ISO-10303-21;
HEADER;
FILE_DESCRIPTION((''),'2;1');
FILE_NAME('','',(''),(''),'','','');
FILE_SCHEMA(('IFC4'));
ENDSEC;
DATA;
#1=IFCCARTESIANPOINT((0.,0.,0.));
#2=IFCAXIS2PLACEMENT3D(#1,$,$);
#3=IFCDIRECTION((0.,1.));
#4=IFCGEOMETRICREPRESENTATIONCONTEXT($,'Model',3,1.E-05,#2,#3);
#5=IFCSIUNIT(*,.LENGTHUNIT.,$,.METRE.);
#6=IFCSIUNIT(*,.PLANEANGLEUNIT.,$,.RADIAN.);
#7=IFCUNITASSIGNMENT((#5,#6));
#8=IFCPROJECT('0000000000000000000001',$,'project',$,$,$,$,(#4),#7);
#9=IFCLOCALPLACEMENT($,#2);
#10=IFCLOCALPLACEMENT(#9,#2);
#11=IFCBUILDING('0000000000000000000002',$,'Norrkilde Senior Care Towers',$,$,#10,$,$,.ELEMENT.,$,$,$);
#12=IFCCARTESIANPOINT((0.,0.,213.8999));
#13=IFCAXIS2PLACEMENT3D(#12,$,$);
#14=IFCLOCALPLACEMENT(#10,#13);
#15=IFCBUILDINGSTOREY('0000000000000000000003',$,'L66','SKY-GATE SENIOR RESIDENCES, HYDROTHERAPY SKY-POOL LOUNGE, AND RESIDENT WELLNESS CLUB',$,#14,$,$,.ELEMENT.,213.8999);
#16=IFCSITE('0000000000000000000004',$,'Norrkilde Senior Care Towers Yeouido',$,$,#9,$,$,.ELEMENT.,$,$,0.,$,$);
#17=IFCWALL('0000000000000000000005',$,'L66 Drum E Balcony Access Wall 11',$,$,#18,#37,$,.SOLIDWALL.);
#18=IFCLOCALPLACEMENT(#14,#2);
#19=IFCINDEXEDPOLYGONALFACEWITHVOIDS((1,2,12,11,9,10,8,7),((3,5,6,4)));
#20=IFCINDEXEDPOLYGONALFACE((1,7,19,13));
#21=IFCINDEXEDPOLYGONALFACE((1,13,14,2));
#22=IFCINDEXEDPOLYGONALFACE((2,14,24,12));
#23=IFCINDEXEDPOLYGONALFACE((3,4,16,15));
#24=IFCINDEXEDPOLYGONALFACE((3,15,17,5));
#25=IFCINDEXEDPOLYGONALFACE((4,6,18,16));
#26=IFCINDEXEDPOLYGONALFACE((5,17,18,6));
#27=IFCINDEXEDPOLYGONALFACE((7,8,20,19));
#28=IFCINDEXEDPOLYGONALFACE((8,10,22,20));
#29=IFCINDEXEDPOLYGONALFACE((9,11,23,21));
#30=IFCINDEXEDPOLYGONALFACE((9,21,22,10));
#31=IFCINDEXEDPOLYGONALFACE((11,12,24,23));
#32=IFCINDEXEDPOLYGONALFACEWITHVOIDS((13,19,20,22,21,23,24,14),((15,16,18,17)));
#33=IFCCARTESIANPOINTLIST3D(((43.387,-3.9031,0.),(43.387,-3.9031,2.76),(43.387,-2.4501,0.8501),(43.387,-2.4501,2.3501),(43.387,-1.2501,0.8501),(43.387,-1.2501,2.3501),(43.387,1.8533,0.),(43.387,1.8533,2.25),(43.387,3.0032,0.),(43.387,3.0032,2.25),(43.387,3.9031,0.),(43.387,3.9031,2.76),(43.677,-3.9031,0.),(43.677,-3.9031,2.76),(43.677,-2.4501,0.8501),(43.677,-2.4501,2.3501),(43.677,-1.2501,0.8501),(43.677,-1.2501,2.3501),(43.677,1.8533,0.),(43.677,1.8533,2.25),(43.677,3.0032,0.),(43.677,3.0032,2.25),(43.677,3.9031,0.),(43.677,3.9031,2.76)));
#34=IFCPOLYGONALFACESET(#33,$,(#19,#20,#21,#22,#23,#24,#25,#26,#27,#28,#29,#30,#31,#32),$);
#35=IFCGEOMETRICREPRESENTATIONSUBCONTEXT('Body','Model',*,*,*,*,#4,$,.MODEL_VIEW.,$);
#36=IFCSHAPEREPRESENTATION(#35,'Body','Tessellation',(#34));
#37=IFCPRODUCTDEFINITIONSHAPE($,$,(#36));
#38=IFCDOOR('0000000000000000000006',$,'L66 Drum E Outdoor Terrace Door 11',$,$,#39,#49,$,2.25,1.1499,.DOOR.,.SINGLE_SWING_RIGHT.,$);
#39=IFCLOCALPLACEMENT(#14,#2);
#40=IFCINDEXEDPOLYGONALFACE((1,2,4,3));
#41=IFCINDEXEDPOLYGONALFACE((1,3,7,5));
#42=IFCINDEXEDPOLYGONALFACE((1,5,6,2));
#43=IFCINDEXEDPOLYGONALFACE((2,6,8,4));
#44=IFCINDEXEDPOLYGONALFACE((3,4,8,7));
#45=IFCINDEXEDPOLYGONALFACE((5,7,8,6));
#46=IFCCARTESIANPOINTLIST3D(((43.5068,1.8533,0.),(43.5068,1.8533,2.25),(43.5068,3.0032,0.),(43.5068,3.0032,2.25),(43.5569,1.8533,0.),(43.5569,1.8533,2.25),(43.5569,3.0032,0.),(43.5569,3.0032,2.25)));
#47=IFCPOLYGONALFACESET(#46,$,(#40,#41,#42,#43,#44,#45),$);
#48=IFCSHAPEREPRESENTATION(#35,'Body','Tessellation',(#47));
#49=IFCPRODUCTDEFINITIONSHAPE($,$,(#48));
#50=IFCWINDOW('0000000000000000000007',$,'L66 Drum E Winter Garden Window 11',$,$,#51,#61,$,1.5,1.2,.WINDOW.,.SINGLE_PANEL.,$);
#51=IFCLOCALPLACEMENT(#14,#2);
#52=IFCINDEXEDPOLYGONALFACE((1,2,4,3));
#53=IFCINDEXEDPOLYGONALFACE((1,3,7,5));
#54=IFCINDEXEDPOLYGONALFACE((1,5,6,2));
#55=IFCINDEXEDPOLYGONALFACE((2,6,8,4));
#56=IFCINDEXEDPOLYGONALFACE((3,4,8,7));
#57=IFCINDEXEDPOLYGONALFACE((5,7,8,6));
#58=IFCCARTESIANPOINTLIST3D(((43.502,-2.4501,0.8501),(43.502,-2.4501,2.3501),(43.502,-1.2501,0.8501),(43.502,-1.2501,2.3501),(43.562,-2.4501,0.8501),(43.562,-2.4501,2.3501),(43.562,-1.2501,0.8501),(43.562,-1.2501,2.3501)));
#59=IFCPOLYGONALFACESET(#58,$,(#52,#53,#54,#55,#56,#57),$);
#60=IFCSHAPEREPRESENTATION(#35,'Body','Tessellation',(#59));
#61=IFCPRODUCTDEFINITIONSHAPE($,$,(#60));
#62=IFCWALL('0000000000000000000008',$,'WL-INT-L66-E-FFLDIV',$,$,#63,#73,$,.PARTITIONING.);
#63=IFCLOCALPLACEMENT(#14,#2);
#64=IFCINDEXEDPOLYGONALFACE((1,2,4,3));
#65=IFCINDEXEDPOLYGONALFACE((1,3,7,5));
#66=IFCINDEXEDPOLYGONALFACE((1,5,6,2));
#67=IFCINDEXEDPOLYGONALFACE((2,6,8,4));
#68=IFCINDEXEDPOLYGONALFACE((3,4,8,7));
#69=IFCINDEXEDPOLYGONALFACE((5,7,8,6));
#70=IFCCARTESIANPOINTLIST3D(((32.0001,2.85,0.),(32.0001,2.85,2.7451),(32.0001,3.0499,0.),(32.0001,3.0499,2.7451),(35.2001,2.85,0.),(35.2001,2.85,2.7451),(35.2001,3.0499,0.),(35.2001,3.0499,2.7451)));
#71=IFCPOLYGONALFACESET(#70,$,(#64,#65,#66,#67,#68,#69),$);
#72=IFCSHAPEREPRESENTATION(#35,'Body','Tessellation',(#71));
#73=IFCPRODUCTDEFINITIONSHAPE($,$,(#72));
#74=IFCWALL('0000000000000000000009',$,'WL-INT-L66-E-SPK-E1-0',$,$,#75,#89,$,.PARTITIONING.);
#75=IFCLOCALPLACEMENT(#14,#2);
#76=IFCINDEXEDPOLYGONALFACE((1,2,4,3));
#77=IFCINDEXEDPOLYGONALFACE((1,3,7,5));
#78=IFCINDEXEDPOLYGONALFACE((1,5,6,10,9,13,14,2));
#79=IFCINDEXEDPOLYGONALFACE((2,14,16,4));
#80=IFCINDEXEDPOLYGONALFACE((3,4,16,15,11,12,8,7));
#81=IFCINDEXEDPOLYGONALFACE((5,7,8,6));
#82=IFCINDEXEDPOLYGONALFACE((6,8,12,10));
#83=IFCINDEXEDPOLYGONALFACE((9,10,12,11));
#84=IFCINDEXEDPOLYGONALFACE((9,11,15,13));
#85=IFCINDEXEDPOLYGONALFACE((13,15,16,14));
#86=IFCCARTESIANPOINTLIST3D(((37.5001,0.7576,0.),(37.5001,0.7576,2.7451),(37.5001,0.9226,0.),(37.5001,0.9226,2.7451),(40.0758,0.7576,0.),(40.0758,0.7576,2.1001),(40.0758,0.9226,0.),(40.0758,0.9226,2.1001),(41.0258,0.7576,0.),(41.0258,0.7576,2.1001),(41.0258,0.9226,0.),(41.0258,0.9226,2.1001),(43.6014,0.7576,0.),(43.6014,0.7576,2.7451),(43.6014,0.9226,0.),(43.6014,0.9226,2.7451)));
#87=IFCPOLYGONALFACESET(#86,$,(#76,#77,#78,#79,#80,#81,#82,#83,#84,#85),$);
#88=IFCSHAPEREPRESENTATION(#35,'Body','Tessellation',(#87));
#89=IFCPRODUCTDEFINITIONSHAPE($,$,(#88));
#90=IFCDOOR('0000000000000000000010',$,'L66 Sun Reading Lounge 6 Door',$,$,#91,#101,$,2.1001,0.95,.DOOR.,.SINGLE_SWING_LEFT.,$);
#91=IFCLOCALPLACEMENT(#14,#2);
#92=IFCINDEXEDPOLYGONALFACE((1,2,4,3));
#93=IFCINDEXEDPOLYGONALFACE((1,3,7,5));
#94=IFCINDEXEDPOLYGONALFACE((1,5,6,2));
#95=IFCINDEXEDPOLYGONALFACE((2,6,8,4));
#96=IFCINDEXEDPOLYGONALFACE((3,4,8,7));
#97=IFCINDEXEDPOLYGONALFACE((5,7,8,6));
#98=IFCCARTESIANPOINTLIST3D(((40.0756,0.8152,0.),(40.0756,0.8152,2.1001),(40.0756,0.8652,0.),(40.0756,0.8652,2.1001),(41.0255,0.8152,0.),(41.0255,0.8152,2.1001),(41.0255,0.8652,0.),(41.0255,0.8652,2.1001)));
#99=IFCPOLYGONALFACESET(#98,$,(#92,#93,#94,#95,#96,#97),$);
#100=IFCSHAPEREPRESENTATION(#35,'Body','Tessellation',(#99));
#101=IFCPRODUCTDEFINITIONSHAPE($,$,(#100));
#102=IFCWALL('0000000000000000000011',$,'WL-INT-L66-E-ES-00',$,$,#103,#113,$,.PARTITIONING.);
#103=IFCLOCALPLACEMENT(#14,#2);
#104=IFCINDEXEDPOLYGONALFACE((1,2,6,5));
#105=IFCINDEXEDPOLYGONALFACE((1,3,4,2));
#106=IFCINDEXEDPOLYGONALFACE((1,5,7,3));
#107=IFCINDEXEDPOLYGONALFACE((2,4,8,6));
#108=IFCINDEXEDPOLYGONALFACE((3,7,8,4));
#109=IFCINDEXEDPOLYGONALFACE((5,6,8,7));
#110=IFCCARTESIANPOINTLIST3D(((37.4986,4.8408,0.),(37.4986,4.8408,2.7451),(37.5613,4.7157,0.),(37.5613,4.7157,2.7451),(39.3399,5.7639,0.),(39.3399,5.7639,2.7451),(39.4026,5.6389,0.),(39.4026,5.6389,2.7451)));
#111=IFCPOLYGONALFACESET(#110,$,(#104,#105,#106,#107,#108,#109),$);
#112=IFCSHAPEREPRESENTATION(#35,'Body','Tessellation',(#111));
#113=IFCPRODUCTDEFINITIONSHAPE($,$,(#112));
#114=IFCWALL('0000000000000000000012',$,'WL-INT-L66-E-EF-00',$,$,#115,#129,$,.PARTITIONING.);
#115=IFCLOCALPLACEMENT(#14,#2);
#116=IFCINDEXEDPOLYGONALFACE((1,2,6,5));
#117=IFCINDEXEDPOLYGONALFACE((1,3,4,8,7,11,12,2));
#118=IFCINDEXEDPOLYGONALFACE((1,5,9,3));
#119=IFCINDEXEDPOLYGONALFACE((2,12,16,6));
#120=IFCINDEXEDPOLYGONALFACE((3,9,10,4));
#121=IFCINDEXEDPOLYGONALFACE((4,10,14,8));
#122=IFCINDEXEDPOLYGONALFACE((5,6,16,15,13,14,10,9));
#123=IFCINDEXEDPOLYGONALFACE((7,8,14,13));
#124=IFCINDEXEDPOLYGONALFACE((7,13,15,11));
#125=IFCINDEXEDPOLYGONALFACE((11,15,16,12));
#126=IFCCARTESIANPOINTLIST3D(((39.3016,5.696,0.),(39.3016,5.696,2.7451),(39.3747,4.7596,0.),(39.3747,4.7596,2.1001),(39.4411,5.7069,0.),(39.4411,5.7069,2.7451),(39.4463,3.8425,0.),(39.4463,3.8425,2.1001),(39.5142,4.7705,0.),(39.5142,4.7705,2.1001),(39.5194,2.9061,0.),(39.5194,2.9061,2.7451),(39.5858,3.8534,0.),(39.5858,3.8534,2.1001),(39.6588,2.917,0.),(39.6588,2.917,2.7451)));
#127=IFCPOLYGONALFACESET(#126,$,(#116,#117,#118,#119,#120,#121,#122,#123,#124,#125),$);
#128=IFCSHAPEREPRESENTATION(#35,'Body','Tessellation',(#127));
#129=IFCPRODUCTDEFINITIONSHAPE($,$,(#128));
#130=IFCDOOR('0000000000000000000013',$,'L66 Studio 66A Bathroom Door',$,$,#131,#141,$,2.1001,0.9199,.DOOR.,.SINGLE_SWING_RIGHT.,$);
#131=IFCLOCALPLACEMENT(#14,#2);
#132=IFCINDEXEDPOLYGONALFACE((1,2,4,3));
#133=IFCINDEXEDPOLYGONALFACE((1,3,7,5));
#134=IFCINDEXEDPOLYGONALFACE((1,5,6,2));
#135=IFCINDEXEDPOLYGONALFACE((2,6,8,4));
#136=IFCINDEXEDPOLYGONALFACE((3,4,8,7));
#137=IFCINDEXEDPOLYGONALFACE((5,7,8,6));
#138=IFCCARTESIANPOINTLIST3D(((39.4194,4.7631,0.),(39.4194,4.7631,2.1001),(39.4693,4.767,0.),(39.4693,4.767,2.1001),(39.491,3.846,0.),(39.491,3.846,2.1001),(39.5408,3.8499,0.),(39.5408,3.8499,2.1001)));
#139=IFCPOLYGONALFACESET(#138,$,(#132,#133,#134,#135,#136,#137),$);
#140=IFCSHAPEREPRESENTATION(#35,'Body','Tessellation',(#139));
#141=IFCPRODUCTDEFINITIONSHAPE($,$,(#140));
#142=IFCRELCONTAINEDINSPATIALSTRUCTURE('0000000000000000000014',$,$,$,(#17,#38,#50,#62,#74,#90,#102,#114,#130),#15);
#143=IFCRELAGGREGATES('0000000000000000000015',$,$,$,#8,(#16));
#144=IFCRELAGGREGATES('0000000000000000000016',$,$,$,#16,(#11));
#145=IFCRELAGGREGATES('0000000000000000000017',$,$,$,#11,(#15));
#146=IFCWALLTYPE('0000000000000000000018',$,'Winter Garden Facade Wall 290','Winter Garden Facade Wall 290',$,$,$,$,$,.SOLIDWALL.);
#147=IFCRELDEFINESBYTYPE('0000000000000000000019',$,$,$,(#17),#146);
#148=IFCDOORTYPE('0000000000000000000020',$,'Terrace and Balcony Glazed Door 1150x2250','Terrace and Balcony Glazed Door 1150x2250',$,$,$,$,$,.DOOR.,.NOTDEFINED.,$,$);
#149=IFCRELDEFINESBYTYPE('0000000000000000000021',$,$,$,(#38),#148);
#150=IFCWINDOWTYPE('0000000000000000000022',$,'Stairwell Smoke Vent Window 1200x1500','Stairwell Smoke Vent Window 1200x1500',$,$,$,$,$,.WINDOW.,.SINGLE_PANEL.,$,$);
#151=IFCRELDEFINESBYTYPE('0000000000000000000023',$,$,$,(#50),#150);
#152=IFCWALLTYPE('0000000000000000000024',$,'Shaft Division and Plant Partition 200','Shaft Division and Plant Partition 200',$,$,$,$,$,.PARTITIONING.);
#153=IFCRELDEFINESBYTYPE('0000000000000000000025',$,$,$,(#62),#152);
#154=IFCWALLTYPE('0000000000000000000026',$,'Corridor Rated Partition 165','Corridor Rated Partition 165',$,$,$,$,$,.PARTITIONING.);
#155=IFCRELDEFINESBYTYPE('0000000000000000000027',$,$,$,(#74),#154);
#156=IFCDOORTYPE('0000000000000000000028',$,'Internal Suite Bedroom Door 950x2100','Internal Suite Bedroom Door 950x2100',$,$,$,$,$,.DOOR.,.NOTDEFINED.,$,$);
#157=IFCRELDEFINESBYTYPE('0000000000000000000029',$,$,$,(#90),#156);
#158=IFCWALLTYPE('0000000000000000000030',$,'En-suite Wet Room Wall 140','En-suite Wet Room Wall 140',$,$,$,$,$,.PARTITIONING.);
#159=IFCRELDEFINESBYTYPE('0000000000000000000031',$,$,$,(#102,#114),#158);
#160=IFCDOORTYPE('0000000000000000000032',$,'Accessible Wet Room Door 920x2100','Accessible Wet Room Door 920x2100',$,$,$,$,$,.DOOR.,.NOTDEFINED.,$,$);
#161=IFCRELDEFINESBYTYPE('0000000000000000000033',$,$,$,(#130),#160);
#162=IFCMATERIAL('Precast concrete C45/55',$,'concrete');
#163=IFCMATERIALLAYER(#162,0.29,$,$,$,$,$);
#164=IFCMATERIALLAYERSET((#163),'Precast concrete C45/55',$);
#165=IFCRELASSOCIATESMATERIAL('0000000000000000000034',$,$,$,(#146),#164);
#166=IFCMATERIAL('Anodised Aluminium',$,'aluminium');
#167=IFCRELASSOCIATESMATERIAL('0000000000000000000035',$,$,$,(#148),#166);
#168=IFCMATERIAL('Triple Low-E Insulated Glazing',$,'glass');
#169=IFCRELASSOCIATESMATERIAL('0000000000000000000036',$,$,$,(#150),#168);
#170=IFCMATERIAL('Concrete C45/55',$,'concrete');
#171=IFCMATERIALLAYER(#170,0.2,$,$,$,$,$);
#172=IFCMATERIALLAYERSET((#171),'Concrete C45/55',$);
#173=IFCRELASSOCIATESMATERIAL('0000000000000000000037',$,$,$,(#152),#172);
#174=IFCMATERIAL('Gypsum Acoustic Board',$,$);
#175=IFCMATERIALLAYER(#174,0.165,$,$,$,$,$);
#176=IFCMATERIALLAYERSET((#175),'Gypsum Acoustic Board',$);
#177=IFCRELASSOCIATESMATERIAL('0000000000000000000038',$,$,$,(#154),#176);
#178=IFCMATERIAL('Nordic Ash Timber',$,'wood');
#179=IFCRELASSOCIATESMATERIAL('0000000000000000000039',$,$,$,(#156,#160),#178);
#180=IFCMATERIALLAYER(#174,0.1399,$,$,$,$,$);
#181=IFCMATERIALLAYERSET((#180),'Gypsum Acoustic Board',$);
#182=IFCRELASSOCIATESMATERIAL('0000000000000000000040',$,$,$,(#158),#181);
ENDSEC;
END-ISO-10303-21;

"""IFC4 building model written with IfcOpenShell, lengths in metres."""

from ifc_helpers import new_model, si_unit, direction, frame, frame_2d, origin, place, context, subcontext, project, spatial, rectangle, extrude, source, transform, mapped, material, layer, layer_set, type_object, type_shapes, element, fill, save


model = new_model("IFC4")

# Units and contexts
model_context = context("Model", 3, precision=1e-05, world=origin(), true_north=direction((0.0, 1.0)))
body_context = subcontext(model_context, "Body", "Model", "MODEL_VIEW")
ifc_project = project(units=[si_unit("LENGTHUNIT", "METRE"), si_unit("PLANEANGLEUNIT", "RADIAN")], contexts=[model_context])

# Site, building, storey
site_placement = place(None, origin())
site = spatial("IfcSite", under=ifc_project, at=site_placement, Name="Norrkilde Senior Care Towers Yeouido", CompositionType="ELEMENT", RefElevation=0.0)
building_placement = place(site_placement, origin())
building = spatial("IfcBuilding", under=site, at=building_placement, Name="Norrkilde Senior Care Towers", CompositionType="ELEMENT")
storey_placement = place(building_placement, frame((0.0, 0.0, 213.8999)))
storey = spatial("IfcBuildingStorey", under=building, at=storey_placement, Name="L66", Description="SKY-GATE SENIOR RESIDENCES, HYDROTHERAPY SKY-POOL LOUNGE, AND RESIDENT WELLNESS CLUB", CompositionType="ELEMENT", Elevation=213.8999)

# Shared definitions
ifc_material_1 = material(Name="Triple Low-E Insulated Glazing", Category="glass")
ifc_material_2 = material(Name="Anodised Aluminium", Category="aluminium")

# Wall, openings, door, window
ifc_material_3 = material(Name="Precast concrete C45/55", Category="concrete")
ifc_layer_1 = layer(ifc_material_3, 0.29)
ifc_layer_set_1 = layer_set([ifc_layer_1], Name="Precast concrete C45/55")
wall_type_1 = type_object("IfcWallType", Name="Winter Garden Facade Wall 290", Description="Winter Garden Facade Wall 290", PredefinedType="SOLIDWALL", material=ifc_layer_set_1)
shared_shape_1 = source(origin(), body_context, "Body", "SweptSolid", [
    extrude(rectangle(XDim=7.8062, YDim=0.29, at=frame_2d((3.9031, 0.0))), origin(), (0.0, 0.0, 1.0), 2.76),
])
type_shapes(wall_type_1, [shared_shape_1])
wall_1_placement = place(storey_placement, frame((43.532, 3.9031, 0.0), z_axis=(0.0, 0.0, 1.0), x_axis=(0.0, -1.0, 0.0)))
wall_1 = element("IfcWall", 1, at=wall_1_placement, inside=storey, type_object=wall_type_1, Name="L66 Drum E Balcony Access Wall 11", PredefinedType="SOLIDWALL", context=body_context, shape_type="MappedRepresentation", body=[
    mapped(shared_shape_1, transform((0.0, 0.0, 0.0), x_axis=(1.0, 0.0, 0.0), y_axis=(0.0, 1.0, 0.0), z_axis=(0.0, 0.0, 1.0), scale=1.0)),
])
opening_1_placement = place(wall_1_placement, frame((0.8999, 0.0, 0.0)))
opening_1 = element("IfcOpeningElement", 2, at=opening_1_placement, cuts=wall_1, PredefinedType="OPENING", context=body_context, shape_type="SweptSolid", body=[
    extrude(rectangle(XDim=1.1499, YDim=2.25, at=frame_2d((0.575, 1.125))), frame((0.0, 0.155, 0.0), z_axis=(0.0, -1.0, 0.0), x_axis=(1.0, 0.0, 0.0)), (0.0, 0.0, 1.0), 0.3101),
])
opening_2_placement = place(wall_1_placement, frame((5.1531, 0.0, 0.8501)))
opening_2 = element("IfcOpeningElement", 3, at=opening_2_placement, cuts=wall_1, PredefinedType="OPENING", context=body_context, shape_type="SweptSolid", body=[
    extrude(rectangle(XDim=1.2, YDim=1.5, at=frame_2d((0.6001, 0.75))), frame((0.0, 0.155, 0.0), z_axis=(0.0, -1.0, 0.0), x_axis=(1.0, 0.0, 0.0)), (0.0, 0.0, 1.0), 0.3101),
])
door_type_1 = type_object("IfcDoorType", Name="Terrace and Balcony Glazed Door 1150x2250", Description="Terrace and Balcony Glazed Door 1150x2250", OperationType="NOTDEFINED", PredefinedType="DOOR", material=ifc_material_2)
shared_shape_2 = source(origin(), body_context, "Body", "SweptSolid", [
    extrude(rectangle(XDim=1.1499, YDim=2.25, at=frame_2d((0.575, 1.125))), frame((0.0, 0.0249, 0.0), z_axis=(0.0, -1.0, 0.0), x_axis=(1.0, 0.0, 0.0)), (0.0, 0.0, 1.0), 0.05),
])
type_shapes(door_type_1, [shared_shape_2])
door_1_placement = place(opening_1_placement, origin())
door_1 = element("IfcDoor", 4, at=door_1_placement, inside=storey, type_object=door_type_1, Name="L66 Drum E Outdoor Terrace Door 11", OperationType="SINGLE_SWING_RIGHT", OverallHeight=2.25, OverallWidth=1.1499, PredefinedType="DOOR", context=body_context, shape_type="MappedRepresentation", body=[
    mapped(shared_shape_2, transform((0.0, 0.0, 0.0), x_axis=(1.0, 0.0, 0.0), y_axis=(0.0, 1.0, 0.0), z_axis=(0.0, 0.0, 1.0), scale=1.0)),
])
fill(opening_1, door_1)
window_type = type_object("IfcWindowType", Name="Stairwell Smoke Vent Window 1200x1500", Description="Stairwell Smoke Vent Window 1200x1500", PartitioningType="SINGLE_PANEL", PredefinedType="WINDOW", material=ifc_material_1)
shared_shape_3 = source(origin(), body_context, "Body", "SweptSolid", [
    extrude(rectangle(XDim=1.2, YDim=1.5, at=frame_2d((0.6001, 0.75))), frame((0.0, 0.03, 0.0), z_axis=(0.0, -1.0, 0.0), x_axis=(1.0, 0.0, 0.0)), (0.0, 0.0, 1.0), 0.0601),
])
type_shapes(window_type, [shared_shape_3])
window_placement = place(opening_2_placement, origin())
window = element("IfcWindow", 5, at=window_placement, inside=storey, type_object=window_type, Name="L66 Drum E Winter Garden Window 11", OverallHeight=1.5, OverallWidth=1.2, PartitioningType="SINGLE_PANEL", PredefinedType="WINDOW", context=body_context, shape_type="MappedRepresentation", body=[
    mapped(shared_shape_3, transform((0.0, 0.0, 0.0), x_axis=(1.0, 0.0, 0.0), y_axis=(0.0, 1.0, 0.0), z_axis=(0.0, 0.0, 1.0), scale=1.0)),
])
fill(opening_2, window)

# Wall
ifc_material_4 = material(Name="Concrete C45/55", Category="concrete")
ifc_layer_2 = layer(ifc_material_4, 0.2)
ifc_layer_set_2 = layer_set([ifc_layer_2], Name="Concrete C45/55")
wall_type_2 = type_object("IfcWallType", Name="Shaft Division and Plant Partition 200", Description="Shaft Division and Plant Partition 200", PredefinedType="PARTITIONING", material=ifc_layer_set_2)
shared_shape_4 = source(origin(), body_context, "Body", "SweptSolid", [
    extrude(rectangle(XDim=3.2, YDim=0.2, at=frame_2d((1.6001, 0.0))), origin(), (0.0, 0.0, 1.0), 2.7451),
])
type_shapes(wall_type_2, [shared_shape_4])
wall_2_placement = place(storey_placement, frame((32.0, 2.95, 0.0), z_axis=(0.0, 0.0, 1.0), x_axis=(1.0, 0.0, 0.0)))
element("IfcWall", 6, at=wall_2_placement, inside=storey, type_object=wall_type_2, Name="WL-INT-L66-E-FFLDIV", PredefinedType="PARTITIONING", context=body_context, shape_type="MappedRepresentation", body=[
    mapped(shared_shape_4, transform((0.0, 0.0, 0.0), x_axis=(1.0, 0.0, 0.0), y_axis=(0.0, 1.0, 0.0), z_axis=(0.0, 0.0, 1.0), scale=1.0)),
])

# Wall, opening, door
ifc_material_5 = material(Name="Gypsum Acoustic Board")
ifc_layer_3 = layer(ifc_material_5, 0.165)
ifc_layer_set_3 = layer_set([ifc_layer_3], Name="Gypsum Acoustic Board")
wall_type_3 = type_object("IfcWallType", Name="Corridor Rated Partition 165", Description="Corridor Rated Partition 165", PredefinedType="PARTITIONING", material=ifc_layer_set_3)
shared_shape_5 = source(origin(), body_context, "Body", "SweptSolid", [
    extrude(rectangle(XDim=6.1013, YDim=0.165, at=frame_2d((3.0508, 0.0))), origin(), (0.0, 0.0, 1.0), 2.7451),
])
wall_3_placement = place(storey_placement, frame((37.5, 0.8401, 0.0), z_axis=(0.0, 0.0, 1.0), x_axis=(1.0, 0.0, 0.0)))
wall_3 = element("IfcWall", 7, at=wall_3_placement, inside=storey, type_object=wall_type_3, Name="WL-INT-L66-E-SPK-E1-0", PredefinedType="PARTITIONING", context=body_context, shape_type="MappedRepresentation", body=[
    mapped(shared_shape_5, transform((0.0, 0.0, 0.0), x_axis=(1.0, 0.0, 0.0), y_axis=(0.0, 1.0, 0.0), z_axis=(0.0, 0.0, 1.0), scale=1.0)),
])
opening_3_placement = place(wall_3_placement, frame((2.5757, 0.0, 0.0)))
opening_3 = element("IfcOpeningElement", 8, at=opening_3_placement, cuts=wall_3, PredefinedType="OPENING", context=body_context, shape_type="SweptSolid", body=[
    extrude(rectangle(XDim=0.95, YDim=2.1001, at=frame_2d((0.4751, 1.05))), frame((0.0, 0.0925, 0.0), z_axis=(0.0, -1.0, 0.0), x_axis=(1.0, 0.0, 0.0)), (0.0, 0.0, 1.0), 0.1851),
])
ifc_material_6 = material(Name="Nordic Ash Timber", Category="wood")
door_type_2 = type_object("IfcDoorType", Name="Internal Suite Bedroom Door 950x2100", Description="Internal Suite Bedroom Door 950x2100", OperationType="NOTDEFINED", PredefinedType="DOOR", material=ifc_material_6)
shared_shape_6 = source(origin(), body_context, "Body", "SweptSolid", [
    extrude(rectangle(XDim=0.95, YDim=2.1001, at=frame_2d((0.4751, 1.05))), frame((0.0, 0.0249, 0.0), z_axis=(0.0, -1.0, 0.0), x_axis=(1.0, 0.0, 0.0)), (0.0, 0.0, 1.0), 0.05),
])
type_shapes(door_type_2, [shared_shape_6])
door_2_placement = place(opening_3_placement, frame((0.95, 0.0, 0.0), z_axis=(0.0, 0.0, 1.0), x_axis=(-1.0, 0.0, 0.0)))
door_2 = element("IfcDoor", 9, at=door_2_placement, inside=storey, type_object=door_type_2, Name="L66 Sun Reading Lounge 6 Door", OperationType="SINGLE_SWING_LEFT", OverallHeight=2.1001, OverallWidth=0.95, PredefinedType="DOOR", context=body_context, shape_type="MappedRepresentation", body=[
    mapped(shared_shape_6, transform((0.0, 0.0, 0.0), x_axis=(1.0, 0.0, 0.0), y_axis=(0.0, 1.0, 0.0), z_axis=(0.0, 0.0, 1.0), scale=1.0)),
])
fill(opening_3, door_2)

# Wall
ifc_layer_4 = layer(ifc_material_5, 0.1399)
ifc_layer_set_4 = layer_set([ifc_layer_4], Name="Gypsum Acoustic Board")
wall_type_4 = type_object("IfcWallType", Name="En-suite Wet Room Wall 140", Description="En-suite Wet Room Wall 140", PredefinedType="PARTITIONING", material=ifc_layer_set_4)
shared_shape_7 = source(origin(), body_context, "Body", "SweptSolid", [
    extrude(rectangle(XDim=2.0598, YDim=0.1399, at=frame_2d((1.0298, 0.0))), origin(), (0.0, 0.0, 1.0), 2.7451),
])
wall_4_placement = place(storey_placement, frame((37.53, 4.7783, 0.0), z_axis=(0.0, 0.0, 1.0), x_axis=(0.893953, 0.448162, 0.0)))
element("IfcWall", 10, at=wall_4_placement, inside=storey, type_object=wall_type_4, Name="WL-INT-L66-E-ES-00", PredefinedType="PARTITIONING", context=body_context, shape_type="MappedRepresentation", body=[
    mapped(shared_shape_7, transform((0.0, 0.0, 0.0), x_axis=(1.0, 0.0, 0.0), y_axis=(0.0, 1.0, 0.0), z_axis=(0.0, 0.0, 1.0), scale=1.0)),
])

# Wall, opening, door
shared_shape_8 = source(origin(), body_context, "Body", "SweptSolid", [
    extrude(rectangle(XDim=2.7983, YDim=0.1399, at=frame_2d((1.3992, 0.0))), origin(), (0.0, 0.0, 1.0), 2.7451),
])
type_shapes(wall_type_4, [shared_shape_7, shared_shape_8])
wall_5_placement = place(storey_placement, frame((39.3713, 5.7014, 0.0), z_axis=(0.0, 0.0, 1.0), x_axis=(0.077824, -0.996967, 0.0)))
wall_5 = element("IfcWall", 11, at=wall_5_placement, inside=storey, type_object=wall_type_4, Name="WL-INT-L66-E-EF-00", PredefinedType="PARTITIONING", context=body_context, shape_type="MappedRepresentation", body=[
    mapped(shared_shape_8, transform((0.0, 0.0, 0.0), x_axis=(1.0, 0.0, 0.0), y_axis=(0.0, 1.0, 0.0), z_axis=(0.0, 0.0, 1.0), scale=1.0)),
])
opening_4_placement = place(wall_5_placement, frame((0.9392, 0.0, 0.0)))
opening_4 = element("IfcOpeningElement", 12, at=opening_4_placement, cuts=wall_5, PredefinedType="OPENING", context=body_context, shape_type="SweptSolid", body=[
    extrude(rectangle(XDim=0.9199, YDim=2.1001, at=frame_2d((0.46, 1.05))), frame((0.0, 0.0798, 0.0), z_axis=(0.0, -1.0, 0.0), x_axis=(1.0, 0.0, 0.0)), (0.0, 0.0, 1.0), 0.1599),
])
door_type_3 = type_object("IfcDoorType", Name="Accessible Wet Room Door 920x2100", Description="Accessible Wet Room Door 920x2100", OperationType="NOTDEFINED", PredefinedType="DOOR", material=ifc_material_6)
shared_shape_9 = source(origin(), body_context, "Body", "SweptSolid", [
    extrude(rectangle(XDim=0.9199, YDim=2.1001, at=frame_2d((0.46, 1.05))), frame((0.0, 0.0249, 0.0), z_axis=(0.0, -1.0, 0.0), x_axis=(1.0, 0.0, 0.0)), (0.0, 0.0, 1.0), 0.05),
])
type_shapes(door_type_3, [shared_shape_9])
door_3_placement = place(opening_4_placement, origin())
door_3 = element("IfcDoor", 13, at=door_3_placement, inside=storey, type_object=door_type_3, Name="L66 Studio 66A Bathroom Door", OperationType="SINGLE_SWING_RIGHT", OverallHeight=2.1001, OverallWidth=0.9199, PredefinedType="DOOR", context=body_context, shape_type="MappedRepresentation", body=[
    mapped(shared_shape_9, transform((0.0, 0.0, 0.0), x_axis=(1.0, 0.0, 0.0), y_axis=(0.0, 1.0, 0.0), z_axis=(0.0, 0.0, 1.0), scale=1.0)),
])
fill(opening_4, door_3)

save(model, "model.ifc")
